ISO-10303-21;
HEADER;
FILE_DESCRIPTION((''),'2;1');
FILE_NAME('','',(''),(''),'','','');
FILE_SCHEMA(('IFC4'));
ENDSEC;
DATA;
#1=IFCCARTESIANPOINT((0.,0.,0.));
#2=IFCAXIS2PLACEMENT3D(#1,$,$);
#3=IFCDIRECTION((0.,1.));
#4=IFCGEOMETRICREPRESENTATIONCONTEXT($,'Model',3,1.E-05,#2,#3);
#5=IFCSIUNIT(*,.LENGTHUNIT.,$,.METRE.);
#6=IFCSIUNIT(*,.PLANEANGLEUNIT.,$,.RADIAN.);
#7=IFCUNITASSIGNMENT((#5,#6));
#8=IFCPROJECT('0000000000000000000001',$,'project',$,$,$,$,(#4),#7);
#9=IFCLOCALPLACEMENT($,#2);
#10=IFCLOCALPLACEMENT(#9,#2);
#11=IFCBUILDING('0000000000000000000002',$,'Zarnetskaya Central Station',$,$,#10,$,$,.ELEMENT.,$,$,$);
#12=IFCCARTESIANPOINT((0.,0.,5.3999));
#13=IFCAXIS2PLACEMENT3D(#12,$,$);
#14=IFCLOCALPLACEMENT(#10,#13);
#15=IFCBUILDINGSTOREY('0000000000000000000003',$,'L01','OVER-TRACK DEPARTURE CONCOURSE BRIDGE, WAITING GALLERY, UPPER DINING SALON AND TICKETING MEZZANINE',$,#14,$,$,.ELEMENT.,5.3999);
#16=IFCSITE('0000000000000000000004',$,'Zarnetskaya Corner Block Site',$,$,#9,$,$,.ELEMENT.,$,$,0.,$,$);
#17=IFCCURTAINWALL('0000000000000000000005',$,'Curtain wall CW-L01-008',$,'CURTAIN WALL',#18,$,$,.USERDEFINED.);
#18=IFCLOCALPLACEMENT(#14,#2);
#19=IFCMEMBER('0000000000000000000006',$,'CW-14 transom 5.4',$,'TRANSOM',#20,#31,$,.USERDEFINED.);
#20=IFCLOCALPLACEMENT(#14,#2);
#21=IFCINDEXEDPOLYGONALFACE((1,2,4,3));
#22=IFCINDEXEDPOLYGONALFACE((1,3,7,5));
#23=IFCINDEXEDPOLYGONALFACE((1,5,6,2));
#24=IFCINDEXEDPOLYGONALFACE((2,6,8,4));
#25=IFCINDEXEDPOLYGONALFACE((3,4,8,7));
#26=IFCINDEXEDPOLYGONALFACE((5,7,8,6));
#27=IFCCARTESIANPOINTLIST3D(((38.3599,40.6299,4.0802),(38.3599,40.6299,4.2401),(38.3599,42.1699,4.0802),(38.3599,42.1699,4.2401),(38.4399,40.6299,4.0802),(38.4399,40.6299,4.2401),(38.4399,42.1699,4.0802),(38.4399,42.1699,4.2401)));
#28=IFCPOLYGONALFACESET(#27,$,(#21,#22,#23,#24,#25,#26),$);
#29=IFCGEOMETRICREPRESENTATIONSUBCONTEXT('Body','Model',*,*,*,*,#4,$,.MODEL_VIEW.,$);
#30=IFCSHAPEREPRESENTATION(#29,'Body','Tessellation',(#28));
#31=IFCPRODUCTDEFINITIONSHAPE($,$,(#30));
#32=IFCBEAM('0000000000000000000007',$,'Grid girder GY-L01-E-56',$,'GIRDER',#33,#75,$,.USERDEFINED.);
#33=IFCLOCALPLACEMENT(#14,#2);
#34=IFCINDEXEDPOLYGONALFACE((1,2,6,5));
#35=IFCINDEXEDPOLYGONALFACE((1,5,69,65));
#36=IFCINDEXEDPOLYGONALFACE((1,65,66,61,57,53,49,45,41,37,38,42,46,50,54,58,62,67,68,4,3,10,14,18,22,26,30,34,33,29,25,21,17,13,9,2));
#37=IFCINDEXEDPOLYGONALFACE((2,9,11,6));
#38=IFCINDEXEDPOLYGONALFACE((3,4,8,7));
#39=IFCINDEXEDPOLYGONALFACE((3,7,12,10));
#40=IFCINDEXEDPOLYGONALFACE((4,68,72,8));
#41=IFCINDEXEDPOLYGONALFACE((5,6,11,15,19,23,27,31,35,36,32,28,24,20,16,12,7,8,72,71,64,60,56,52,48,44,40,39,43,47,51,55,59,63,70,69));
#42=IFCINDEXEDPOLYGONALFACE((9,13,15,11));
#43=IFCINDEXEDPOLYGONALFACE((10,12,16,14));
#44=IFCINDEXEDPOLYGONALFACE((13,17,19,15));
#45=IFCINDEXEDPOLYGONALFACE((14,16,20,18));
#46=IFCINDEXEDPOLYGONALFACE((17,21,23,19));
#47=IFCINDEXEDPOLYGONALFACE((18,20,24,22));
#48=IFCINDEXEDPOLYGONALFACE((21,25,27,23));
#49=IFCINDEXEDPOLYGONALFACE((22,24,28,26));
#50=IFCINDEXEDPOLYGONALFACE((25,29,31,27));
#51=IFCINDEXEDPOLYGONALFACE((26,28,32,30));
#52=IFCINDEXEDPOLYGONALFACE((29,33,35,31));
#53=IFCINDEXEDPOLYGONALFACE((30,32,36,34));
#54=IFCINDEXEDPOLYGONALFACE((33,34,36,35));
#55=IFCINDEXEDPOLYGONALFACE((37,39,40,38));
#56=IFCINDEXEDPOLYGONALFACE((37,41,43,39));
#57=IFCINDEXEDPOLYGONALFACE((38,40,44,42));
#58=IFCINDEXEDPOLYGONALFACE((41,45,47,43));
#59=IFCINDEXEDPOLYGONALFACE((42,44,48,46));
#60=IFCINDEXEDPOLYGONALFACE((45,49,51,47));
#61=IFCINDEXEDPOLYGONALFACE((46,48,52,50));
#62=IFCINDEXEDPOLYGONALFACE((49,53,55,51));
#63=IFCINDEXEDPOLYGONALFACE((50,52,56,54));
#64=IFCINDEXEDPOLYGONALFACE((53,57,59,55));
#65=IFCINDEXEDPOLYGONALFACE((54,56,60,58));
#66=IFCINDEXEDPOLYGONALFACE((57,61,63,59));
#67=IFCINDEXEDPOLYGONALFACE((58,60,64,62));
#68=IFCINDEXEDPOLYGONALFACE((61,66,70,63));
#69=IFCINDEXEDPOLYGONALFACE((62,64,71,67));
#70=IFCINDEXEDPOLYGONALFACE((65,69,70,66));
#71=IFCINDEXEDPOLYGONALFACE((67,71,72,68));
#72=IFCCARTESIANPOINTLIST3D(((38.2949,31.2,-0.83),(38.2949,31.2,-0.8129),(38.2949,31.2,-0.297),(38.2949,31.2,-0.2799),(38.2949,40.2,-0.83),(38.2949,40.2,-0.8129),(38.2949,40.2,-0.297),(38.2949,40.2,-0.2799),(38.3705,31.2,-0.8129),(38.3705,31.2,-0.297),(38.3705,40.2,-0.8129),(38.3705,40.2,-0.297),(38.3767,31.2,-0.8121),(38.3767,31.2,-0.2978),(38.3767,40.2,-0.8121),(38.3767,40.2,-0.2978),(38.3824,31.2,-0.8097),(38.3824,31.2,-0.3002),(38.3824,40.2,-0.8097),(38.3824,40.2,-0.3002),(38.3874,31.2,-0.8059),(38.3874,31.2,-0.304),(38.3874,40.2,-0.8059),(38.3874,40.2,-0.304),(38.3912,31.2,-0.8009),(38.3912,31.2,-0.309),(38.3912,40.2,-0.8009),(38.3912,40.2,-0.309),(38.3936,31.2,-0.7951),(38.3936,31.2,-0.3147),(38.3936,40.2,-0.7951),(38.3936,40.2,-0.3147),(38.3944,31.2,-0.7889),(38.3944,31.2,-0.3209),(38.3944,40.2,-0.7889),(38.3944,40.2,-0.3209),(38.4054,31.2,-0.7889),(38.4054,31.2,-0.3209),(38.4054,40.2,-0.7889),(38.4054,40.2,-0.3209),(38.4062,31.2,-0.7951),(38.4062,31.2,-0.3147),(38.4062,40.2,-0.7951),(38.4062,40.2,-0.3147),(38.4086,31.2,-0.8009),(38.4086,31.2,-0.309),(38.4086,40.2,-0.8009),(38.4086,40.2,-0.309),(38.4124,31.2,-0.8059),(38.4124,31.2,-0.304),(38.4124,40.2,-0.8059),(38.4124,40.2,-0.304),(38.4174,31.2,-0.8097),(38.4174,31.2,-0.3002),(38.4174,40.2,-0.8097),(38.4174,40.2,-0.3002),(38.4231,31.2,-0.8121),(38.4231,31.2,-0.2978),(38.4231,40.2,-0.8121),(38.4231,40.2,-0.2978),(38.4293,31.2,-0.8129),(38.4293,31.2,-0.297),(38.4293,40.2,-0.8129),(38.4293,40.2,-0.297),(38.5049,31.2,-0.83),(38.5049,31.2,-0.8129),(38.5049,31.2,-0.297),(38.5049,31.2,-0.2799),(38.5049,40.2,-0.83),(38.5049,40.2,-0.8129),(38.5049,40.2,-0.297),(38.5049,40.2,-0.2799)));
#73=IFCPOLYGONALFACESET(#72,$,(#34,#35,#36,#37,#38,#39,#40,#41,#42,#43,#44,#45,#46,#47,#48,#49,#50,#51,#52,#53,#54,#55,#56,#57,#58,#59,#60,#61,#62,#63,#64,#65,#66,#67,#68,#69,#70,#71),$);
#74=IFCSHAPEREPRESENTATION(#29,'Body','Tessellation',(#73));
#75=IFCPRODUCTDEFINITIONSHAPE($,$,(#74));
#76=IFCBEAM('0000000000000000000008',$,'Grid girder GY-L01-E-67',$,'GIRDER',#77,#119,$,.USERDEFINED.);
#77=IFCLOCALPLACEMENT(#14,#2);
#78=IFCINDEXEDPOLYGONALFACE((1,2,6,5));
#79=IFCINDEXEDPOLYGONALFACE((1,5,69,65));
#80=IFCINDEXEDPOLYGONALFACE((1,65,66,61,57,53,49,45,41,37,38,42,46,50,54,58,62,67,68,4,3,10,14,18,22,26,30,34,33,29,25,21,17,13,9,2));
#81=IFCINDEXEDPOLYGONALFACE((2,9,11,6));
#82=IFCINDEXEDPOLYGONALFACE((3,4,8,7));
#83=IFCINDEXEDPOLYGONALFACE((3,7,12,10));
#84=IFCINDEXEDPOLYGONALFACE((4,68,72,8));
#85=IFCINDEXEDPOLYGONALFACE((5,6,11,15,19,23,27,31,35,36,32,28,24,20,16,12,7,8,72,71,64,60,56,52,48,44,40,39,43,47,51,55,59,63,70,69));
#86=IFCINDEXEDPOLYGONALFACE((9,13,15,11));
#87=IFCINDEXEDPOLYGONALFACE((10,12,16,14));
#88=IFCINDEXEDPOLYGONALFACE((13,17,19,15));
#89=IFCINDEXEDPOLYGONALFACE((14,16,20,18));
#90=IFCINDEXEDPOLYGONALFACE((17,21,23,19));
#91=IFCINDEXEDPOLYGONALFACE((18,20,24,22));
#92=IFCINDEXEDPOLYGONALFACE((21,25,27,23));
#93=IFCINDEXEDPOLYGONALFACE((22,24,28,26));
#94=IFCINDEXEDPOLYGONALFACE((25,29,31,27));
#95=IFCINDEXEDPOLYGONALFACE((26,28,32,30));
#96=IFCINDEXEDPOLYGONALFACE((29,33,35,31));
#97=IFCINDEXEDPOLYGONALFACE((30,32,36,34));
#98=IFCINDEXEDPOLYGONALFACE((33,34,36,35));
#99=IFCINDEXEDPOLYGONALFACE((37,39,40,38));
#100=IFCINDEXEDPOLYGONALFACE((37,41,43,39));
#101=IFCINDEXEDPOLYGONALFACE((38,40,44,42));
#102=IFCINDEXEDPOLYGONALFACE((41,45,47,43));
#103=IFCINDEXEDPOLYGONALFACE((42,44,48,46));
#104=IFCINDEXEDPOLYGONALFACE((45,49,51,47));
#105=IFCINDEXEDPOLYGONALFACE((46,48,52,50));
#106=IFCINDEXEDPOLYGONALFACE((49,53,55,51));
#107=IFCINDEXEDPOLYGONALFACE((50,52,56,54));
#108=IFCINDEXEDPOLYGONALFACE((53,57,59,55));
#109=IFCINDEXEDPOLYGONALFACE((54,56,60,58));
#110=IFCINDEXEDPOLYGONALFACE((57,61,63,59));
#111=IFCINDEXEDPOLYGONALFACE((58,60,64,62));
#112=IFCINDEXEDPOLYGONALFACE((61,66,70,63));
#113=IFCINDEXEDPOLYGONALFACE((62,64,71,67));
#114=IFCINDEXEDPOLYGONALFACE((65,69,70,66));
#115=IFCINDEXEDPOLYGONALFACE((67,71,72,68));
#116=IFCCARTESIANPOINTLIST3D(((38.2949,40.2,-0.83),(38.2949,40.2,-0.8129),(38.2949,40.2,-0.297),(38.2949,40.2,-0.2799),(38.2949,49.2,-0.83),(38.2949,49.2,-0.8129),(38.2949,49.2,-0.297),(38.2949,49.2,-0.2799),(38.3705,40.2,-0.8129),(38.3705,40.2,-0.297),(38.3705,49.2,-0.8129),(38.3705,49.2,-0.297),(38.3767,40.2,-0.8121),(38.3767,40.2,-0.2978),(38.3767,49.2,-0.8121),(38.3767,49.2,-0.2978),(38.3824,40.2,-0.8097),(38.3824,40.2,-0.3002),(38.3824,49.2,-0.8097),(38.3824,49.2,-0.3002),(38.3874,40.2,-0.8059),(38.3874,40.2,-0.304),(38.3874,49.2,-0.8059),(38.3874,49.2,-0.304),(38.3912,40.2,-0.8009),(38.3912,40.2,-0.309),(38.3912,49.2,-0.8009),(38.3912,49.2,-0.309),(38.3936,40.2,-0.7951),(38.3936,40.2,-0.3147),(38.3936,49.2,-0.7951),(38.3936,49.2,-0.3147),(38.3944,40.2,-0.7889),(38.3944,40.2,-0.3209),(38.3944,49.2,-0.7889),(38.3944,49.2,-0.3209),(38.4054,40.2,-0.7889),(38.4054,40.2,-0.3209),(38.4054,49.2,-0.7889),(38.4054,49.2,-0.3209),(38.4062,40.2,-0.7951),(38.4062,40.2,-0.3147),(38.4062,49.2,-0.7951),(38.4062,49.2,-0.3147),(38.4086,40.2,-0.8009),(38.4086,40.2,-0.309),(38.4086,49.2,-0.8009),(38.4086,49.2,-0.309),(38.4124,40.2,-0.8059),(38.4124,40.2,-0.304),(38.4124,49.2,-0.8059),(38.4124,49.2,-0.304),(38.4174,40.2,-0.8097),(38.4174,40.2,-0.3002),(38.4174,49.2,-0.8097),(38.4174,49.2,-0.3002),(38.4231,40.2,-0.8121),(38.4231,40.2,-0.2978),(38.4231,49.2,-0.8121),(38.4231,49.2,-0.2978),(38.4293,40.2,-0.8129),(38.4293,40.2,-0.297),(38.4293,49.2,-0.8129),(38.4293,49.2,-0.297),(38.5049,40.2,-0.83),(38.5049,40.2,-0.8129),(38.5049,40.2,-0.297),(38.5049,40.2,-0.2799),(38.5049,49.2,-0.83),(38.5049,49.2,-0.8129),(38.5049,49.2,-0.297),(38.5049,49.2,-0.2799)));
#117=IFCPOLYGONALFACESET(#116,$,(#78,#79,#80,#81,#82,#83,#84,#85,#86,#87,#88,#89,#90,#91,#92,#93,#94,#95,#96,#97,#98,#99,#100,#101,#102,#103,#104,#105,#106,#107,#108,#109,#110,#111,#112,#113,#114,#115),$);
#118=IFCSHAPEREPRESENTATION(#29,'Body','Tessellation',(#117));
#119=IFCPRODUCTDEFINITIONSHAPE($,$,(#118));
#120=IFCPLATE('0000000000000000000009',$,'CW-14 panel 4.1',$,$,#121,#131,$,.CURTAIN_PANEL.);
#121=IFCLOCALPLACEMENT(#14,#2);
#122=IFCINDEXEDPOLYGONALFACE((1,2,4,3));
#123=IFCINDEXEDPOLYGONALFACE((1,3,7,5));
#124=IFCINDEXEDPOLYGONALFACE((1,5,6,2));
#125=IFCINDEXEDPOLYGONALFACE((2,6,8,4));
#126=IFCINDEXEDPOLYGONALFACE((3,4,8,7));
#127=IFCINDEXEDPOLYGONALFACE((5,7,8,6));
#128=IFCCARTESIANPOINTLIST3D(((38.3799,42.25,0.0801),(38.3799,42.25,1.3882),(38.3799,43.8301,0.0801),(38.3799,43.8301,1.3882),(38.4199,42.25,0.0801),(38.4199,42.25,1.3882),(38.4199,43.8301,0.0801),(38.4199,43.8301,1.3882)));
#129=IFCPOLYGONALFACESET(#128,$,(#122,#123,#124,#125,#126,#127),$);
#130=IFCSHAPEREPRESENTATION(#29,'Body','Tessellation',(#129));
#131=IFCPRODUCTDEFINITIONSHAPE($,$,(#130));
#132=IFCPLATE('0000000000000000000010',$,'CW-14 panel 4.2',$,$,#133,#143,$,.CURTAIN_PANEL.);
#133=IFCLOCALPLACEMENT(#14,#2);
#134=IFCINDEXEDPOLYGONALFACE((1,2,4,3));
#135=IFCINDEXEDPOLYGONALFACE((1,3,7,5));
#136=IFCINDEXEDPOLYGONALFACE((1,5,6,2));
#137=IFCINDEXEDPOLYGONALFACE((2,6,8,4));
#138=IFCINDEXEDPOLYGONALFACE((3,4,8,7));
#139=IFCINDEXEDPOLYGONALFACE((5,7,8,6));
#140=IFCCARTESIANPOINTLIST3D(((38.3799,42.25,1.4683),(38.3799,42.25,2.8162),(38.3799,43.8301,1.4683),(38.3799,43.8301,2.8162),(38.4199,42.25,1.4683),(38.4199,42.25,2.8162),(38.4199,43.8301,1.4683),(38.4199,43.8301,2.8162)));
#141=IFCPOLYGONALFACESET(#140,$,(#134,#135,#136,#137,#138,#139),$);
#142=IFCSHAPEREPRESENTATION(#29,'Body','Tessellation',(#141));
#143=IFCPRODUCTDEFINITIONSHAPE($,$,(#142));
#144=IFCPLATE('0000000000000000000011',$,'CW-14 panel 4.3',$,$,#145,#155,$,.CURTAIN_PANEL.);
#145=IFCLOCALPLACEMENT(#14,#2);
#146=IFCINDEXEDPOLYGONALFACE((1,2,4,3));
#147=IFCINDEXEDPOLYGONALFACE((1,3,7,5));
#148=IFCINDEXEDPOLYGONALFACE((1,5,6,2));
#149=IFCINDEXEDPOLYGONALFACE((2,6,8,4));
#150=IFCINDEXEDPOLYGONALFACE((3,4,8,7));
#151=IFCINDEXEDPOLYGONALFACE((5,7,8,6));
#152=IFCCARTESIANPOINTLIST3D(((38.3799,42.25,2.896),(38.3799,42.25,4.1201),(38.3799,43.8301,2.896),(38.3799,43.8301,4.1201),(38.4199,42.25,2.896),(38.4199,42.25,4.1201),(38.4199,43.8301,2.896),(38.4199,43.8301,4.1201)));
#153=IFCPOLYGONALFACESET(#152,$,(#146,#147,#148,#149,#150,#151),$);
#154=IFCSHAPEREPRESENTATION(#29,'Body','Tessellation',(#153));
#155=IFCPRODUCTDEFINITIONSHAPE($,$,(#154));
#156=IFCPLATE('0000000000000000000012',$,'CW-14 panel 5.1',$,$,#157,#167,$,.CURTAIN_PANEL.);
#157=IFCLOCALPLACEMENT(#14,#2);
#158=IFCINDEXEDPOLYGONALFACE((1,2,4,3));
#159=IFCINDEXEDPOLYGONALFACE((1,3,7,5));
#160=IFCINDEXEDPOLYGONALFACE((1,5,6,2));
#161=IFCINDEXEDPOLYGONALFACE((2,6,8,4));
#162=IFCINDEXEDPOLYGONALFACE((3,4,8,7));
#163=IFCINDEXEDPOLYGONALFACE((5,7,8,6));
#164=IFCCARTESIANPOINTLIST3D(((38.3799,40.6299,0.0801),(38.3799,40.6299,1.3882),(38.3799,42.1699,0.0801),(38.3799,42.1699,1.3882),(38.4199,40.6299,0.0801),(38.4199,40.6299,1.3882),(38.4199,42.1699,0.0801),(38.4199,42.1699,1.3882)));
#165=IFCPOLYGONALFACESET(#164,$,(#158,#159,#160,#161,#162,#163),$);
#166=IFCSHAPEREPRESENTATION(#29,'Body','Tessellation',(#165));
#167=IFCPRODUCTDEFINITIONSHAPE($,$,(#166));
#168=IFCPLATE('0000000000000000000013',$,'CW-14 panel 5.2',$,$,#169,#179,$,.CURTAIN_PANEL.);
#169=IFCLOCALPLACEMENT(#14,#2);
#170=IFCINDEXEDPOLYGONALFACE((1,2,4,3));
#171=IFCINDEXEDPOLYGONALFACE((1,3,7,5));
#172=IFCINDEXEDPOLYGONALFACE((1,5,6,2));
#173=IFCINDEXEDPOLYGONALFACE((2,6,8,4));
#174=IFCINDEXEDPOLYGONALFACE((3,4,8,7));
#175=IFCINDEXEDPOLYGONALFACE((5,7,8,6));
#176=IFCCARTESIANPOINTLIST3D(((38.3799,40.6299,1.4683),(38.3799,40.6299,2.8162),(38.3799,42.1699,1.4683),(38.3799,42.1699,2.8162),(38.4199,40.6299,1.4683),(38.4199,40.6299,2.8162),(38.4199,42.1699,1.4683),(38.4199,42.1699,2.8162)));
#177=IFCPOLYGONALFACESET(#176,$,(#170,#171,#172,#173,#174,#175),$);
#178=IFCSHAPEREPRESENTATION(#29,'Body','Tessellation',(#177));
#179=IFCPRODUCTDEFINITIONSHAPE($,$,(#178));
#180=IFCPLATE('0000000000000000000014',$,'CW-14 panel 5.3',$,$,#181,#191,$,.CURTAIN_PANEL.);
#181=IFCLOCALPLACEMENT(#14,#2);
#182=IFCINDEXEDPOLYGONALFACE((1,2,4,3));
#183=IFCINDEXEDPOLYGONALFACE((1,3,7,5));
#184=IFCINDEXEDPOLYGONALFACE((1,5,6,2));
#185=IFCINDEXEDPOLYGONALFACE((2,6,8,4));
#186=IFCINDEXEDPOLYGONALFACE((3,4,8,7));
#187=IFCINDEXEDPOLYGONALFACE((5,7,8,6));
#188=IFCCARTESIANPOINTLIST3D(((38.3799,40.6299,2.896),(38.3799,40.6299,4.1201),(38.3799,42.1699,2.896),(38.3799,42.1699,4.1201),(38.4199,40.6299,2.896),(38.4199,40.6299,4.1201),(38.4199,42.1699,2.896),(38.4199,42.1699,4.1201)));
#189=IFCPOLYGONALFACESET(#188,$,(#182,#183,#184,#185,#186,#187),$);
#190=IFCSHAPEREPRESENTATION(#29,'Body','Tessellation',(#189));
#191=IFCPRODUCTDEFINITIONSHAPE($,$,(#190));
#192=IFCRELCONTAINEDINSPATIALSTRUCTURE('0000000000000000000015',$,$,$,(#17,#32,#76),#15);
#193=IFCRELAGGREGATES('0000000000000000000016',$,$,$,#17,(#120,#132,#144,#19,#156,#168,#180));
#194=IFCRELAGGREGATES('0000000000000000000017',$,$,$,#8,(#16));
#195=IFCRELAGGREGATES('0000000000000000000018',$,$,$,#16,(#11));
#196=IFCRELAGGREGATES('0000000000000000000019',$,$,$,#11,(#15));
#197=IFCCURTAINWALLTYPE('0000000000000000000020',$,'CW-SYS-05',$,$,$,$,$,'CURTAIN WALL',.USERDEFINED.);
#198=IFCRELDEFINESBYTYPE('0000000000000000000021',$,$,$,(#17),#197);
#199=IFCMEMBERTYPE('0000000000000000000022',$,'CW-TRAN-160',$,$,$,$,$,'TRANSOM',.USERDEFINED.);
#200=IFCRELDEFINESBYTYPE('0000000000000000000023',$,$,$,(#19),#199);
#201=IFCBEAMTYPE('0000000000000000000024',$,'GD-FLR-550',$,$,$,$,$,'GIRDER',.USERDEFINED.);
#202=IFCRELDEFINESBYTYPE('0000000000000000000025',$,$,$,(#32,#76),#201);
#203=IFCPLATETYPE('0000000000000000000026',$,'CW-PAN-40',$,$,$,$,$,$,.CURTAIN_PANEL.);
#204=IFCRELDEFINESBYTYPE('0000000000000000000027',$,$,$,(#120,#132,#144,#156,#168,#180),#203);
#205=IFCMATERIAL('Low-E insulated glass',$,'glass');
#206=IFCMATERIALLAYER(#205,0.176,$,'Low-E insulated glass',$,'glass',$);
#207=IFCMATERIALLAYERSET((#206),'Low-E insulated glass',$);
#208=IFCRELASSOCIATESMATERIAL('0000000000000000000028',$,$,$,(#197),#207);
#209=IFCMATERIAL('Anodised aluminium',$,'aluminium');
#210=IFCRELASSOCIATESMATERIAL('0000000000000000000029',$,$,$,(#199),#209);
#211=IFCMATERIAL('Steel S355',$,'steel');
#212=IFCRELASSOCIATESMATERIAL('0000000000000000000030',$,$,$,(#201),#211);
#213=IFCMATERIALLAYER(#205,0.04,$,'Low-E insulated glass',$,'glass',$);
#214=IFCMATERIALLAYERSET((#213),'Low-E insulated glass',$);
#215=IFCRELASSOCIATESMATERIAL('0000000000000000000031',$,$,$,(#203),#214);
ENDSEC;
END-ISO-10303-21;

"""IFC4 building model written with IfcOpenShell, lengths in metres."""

from ifc_helpers import new_model, si_unit, direction, frame, origin, origin_2d, place, context, subcontext, project, spatial, rectangle, i_section, extrude, material, layer, layer_set, material_profile, profile_set, type_object, element, aggregate, save


model = new_model("IFC4")

# Units and contexts
model_context = context("Model", 3, precision=1e-05, world=origin(), true_north=direction((0.0, 1.0)))
body_context = subcontext(model_context, "Body", "Model", "MODEL_VIEW")
ifc_project = project(units=[si_unit("LENGTHUNIT", "METRE"), si_unit("PLANEANGLEUNIT", "RADIAN")], contexts=[model_context])

# Site, building, storey
site_placement = place(None, origin())
site = spatial("IfcSite", under=ifc_project, at=site_placement, Name="Zarnetskaya Corner Block Site", CompositionType="ELEMENT", RefElevation=0.0)
building_placement = place(site_placement, origin())
building = spatial("IfcBuilding", under=site, at=building_placement, Name="Zarnetskaya Central Station", CompositionType="ELEMENT")
storey_placement = place(building_placement, frame((0.0, 0.0, 5.3999)))
storey = spatial("IfcBuildingStorey", under=building, at=storey_placement, Name="L01", Description="OVER-TRACK DEPARTURE CONCOURSE BRIDGE, WAITING GALLERY, UPPER DINING SALON AND TICKETING MEZZANINE", CompositionType="ELEMENT", Elevation=5.3999)

# Shared definitions
ifc_material_1 = material(Name="Steel S355", Category="steel")

# Curtain wall, member
ifc_material_2 = material(Name="Low-E insulated glass", Category="glass")
ifc_layer_1 = layer(ifc_material_2, 0.176, Name="Low-E insulated glass", Category="glass")
ifc_layer_set_1 = layer_set([ifc_layer_1], Name="Low-E insulated glass")
curtain_wall_type = type_object("IfcCurtainWallType", Name="CW-SYS-05", ElementType="CURTAIN WALL", PredefinedType="USERDEFINED", material=ifc_layer_set_1)
curtain_wall_placement = place(storey_placement, origin())
curtain_wall = element("IfcCurtainWall", 1, at=curtain_wall_placement, inside=storey, type_object=curtain_wall_type, Name="Curtain wall CW-L01-008", ObjectType="CURTAIN WALL", PredefinedType="USERDEFINED")
ifc_material_3 = material(Name="Anodised aluminium", Category="aluminium")
ifc_material_profile_1 = material_profile(ifc_material_3, rectangle(XDim=0.0801, YDim=0.1599, at=origin_2d()), Name="ALU TRAN 80x160")
ifc_profile_set_1 = profile_set([ifc_material_profile_1], Name="Anodised aluminium")
member_type_1 = type_object("IfcMemberType", Name="CW-TRAN-160", ElementType="TRANSOM", PredefinedType="USERDEFINED", material=ifc_profile_set_1)
member_1_placement = place(storey_placement, frame((38.3999, 42.1699, 4.1602), z_axis=(0.0, -1.0, 0.0), x_axis=(1.0, 0.0, 0.0)))
member_1 = element("IfcMember", 2, at=member_1_placement, type_object=member_type_1, Name="CW-14 transom 5.4", ObjectType="TRANSOM", PredefinedType="USERDEFINED", context=body_context, shape_type="SweptSolid", body=[
    extrude(rectangle(XDim=0.0801, YDim=0.1599, at=origin_2d()), origin(), (0.0, 0.0, 1.0), 1.54),
])

# Beams
ifc_material_profile_2 = material_profile(ifc_material_1, i_section(OverallWidth=0.21, OverallDepth=0.55, WebThickness=0.011, FlangeThickness=0.0171, FilletRadius=0.0239, at=origin_2d()), Name="IPE 550")
ifc_profile_set_2 = profile_set([ifc_material_profile_2], Name="Steel S355")
beam_type = type_object("IfcBeamType", Name="GD-FLR-550", ElementType="GIRDER", PredefinedType="USERDEFINED", material=ifc_profile_set_2)
for number, where, z_axis, x_axis, name in (
    (3, (38.3999, 31.2, -0.5549), (0.0, 1.0, 0.0), (-1.0, 0.0, 0.0), "Grid girder GY-L01-E-56"),
    (4, (38.3999, 40.2, -0.5549), (0.0, 1.0, 0.0), (-1.0, 0.0, 0.0), "Grid girder GY-L01-E-67"),
):
    element("IfcBeam", number, at=place(storey_placement, frame(where, z_axis=z_axis, x_axis=x_axis)), inside=storey, type_object=beam_type, Name=name, ObjectType="GIRDER", PredefinedType="USERDEFINED", context=body_context, shape_type="SweptSolid", body=[
        extrude(i_section(OverallWidth=0.21, OverallDepth=0.55, WebThickness=0.011, FlangeThickness=0.0171, FilletRadius=0.0239, at=origin_2d()), origin(), (0.0, 0.0, 1.0), 9.0),
    ])

# Plates
ifc_layer_2 = layer(ifc_material_2, 0.04, Name="Low-E insulated glass", Category="glass")
ifc_layer_set_2 = layer_set([ifc_layer_2], Name="Low-E insulated glass")
plate_type = type_object("IfcPlateType", Name="CW-PAN-40", PredefinedType="CURTAIN_PANEL", material=ifc_layer_set_2)
plate_1_placement = place(storey_placement, frame((38.3999, 43.04, 0.0801), z_axis=(0.0, 0.0, 1.0), x_axis=(0.0, -1.0, 0.0)))
plate_1 = element("IfcPlate", 5, at=plate_1_placement, type_object=plate_type, Name="CW-14 panel 4.1", PredefinedType="CURTAIN_PANEL", context=body_context, shape_type="SweptSolid", body=[
    extrude(rectangle(XDim=1.5801, YDim=0.04, at=origin_2d()), origin(), (0.0, 0.0, 1.0), 1.3081),
])
plate_2_placement = place(storey_placement, frame((38.3999, 43.04, 1.4683), z_axis=(0.0, 0.0, 1.0), x_axis=(0.0, -1.0, 0.0)))
plate_2 = element("IfcPlate", 6, at=plate_2_placement, type_object=plate_type, Name="CW-14 panel 4.2", PredefinedType="CURTAIN_PANEL", context=body_context, shape_type="SweptSolid", body=[
    extrude(rectangle(XDim=1.5801, YDim=0.04, at=origin_2d()), origin(), (0.0, 0.0, 1.0), 1.3479),
])
plate_3_placement = place(storey_placement, frame((38.3999, 43.04, 2.896), z_axis=(0.0, 0.0, 1.0), x_axis=(0.0, -1.0, 0.0)))
plate_3 = element("IfcPlate", 7, at=plate_3_placement, type_object=plate_type, Name="CW-14 panel 4.3", PredefinedType="CURTAIN_PANEL", context=body_context, shape_type="SweptSolid", body=[
    extrude(rectangle(XDim=1.5801, YDim=0.04, at=origin_2d()), origin(), (0.0, 0.0, 1.0), 1.2241),
])
plate_4_placement = place(storey_placement, frame((38.3999, 41.3999, 0.0801), z_axis=(0.0, 0.0, 1.0), x_axis=(0.0, -1.0, 0.0)))
plate_4 = element("IfcPlate", 8, at=plate_4_placement, type_object=plate_type, Name="CW-14 panel 5.1", PredefinedType="CURTAIN_PANEL", context=body_context, shape_type="SweptSolid", body=[
    extrude(rectangle(XDim=1.54, YDim=0.04, at=origin_2d()), origin(), (0.0, 0.0, 1.0), 1.3081),
])
plate_5_placement = place(storey_placement, frame((38.3999, 41.3999, 1.4683), z_axis=(0.0, 0.0, 1.0), x_axis=(0.0, -1.0, 0.0)))
plate_5 = element("IfcPlate", 9, at=plate_5_placement, type_object=plate_type, Name="CW-14 panel 5.2", PredefinedType="CURTAIN_PANEL", context=body_context, shape_type="SweptSolid", body=[
    extrude(rectangle(XDim=1.54, YDim=0.04, at=origin_2d()), origin(), (0.0, 0.0, 1.0), 1.3479),
])
plate_6_placement = place(storey_placement, frame((38.3999, 41.3999, 2.896), z_axis=(0.0, 0.0, 1.0), x_axis=(0.0, -1.0, 0.0)))
plate_6 = element("IfcPlate", 10, at=plate_6_placement, type_object=plate_type, Name="CW-14 panel 5.3", PredefinedType="CURTAIN_PANEL", context=body_context, shape_type="SweptSolid", body=[
    extrude(rectangle(XDim=1.54, YDim=0.04, at=origin_2d()), origin(), (0.0, 0.0, 1.0), 1.2241),
])
aggregate(curtain_wall, [plate_1, plate_2, plate_3, member_1, plate_4, plate_5, plate_6])

save(model, "model.ifc")
